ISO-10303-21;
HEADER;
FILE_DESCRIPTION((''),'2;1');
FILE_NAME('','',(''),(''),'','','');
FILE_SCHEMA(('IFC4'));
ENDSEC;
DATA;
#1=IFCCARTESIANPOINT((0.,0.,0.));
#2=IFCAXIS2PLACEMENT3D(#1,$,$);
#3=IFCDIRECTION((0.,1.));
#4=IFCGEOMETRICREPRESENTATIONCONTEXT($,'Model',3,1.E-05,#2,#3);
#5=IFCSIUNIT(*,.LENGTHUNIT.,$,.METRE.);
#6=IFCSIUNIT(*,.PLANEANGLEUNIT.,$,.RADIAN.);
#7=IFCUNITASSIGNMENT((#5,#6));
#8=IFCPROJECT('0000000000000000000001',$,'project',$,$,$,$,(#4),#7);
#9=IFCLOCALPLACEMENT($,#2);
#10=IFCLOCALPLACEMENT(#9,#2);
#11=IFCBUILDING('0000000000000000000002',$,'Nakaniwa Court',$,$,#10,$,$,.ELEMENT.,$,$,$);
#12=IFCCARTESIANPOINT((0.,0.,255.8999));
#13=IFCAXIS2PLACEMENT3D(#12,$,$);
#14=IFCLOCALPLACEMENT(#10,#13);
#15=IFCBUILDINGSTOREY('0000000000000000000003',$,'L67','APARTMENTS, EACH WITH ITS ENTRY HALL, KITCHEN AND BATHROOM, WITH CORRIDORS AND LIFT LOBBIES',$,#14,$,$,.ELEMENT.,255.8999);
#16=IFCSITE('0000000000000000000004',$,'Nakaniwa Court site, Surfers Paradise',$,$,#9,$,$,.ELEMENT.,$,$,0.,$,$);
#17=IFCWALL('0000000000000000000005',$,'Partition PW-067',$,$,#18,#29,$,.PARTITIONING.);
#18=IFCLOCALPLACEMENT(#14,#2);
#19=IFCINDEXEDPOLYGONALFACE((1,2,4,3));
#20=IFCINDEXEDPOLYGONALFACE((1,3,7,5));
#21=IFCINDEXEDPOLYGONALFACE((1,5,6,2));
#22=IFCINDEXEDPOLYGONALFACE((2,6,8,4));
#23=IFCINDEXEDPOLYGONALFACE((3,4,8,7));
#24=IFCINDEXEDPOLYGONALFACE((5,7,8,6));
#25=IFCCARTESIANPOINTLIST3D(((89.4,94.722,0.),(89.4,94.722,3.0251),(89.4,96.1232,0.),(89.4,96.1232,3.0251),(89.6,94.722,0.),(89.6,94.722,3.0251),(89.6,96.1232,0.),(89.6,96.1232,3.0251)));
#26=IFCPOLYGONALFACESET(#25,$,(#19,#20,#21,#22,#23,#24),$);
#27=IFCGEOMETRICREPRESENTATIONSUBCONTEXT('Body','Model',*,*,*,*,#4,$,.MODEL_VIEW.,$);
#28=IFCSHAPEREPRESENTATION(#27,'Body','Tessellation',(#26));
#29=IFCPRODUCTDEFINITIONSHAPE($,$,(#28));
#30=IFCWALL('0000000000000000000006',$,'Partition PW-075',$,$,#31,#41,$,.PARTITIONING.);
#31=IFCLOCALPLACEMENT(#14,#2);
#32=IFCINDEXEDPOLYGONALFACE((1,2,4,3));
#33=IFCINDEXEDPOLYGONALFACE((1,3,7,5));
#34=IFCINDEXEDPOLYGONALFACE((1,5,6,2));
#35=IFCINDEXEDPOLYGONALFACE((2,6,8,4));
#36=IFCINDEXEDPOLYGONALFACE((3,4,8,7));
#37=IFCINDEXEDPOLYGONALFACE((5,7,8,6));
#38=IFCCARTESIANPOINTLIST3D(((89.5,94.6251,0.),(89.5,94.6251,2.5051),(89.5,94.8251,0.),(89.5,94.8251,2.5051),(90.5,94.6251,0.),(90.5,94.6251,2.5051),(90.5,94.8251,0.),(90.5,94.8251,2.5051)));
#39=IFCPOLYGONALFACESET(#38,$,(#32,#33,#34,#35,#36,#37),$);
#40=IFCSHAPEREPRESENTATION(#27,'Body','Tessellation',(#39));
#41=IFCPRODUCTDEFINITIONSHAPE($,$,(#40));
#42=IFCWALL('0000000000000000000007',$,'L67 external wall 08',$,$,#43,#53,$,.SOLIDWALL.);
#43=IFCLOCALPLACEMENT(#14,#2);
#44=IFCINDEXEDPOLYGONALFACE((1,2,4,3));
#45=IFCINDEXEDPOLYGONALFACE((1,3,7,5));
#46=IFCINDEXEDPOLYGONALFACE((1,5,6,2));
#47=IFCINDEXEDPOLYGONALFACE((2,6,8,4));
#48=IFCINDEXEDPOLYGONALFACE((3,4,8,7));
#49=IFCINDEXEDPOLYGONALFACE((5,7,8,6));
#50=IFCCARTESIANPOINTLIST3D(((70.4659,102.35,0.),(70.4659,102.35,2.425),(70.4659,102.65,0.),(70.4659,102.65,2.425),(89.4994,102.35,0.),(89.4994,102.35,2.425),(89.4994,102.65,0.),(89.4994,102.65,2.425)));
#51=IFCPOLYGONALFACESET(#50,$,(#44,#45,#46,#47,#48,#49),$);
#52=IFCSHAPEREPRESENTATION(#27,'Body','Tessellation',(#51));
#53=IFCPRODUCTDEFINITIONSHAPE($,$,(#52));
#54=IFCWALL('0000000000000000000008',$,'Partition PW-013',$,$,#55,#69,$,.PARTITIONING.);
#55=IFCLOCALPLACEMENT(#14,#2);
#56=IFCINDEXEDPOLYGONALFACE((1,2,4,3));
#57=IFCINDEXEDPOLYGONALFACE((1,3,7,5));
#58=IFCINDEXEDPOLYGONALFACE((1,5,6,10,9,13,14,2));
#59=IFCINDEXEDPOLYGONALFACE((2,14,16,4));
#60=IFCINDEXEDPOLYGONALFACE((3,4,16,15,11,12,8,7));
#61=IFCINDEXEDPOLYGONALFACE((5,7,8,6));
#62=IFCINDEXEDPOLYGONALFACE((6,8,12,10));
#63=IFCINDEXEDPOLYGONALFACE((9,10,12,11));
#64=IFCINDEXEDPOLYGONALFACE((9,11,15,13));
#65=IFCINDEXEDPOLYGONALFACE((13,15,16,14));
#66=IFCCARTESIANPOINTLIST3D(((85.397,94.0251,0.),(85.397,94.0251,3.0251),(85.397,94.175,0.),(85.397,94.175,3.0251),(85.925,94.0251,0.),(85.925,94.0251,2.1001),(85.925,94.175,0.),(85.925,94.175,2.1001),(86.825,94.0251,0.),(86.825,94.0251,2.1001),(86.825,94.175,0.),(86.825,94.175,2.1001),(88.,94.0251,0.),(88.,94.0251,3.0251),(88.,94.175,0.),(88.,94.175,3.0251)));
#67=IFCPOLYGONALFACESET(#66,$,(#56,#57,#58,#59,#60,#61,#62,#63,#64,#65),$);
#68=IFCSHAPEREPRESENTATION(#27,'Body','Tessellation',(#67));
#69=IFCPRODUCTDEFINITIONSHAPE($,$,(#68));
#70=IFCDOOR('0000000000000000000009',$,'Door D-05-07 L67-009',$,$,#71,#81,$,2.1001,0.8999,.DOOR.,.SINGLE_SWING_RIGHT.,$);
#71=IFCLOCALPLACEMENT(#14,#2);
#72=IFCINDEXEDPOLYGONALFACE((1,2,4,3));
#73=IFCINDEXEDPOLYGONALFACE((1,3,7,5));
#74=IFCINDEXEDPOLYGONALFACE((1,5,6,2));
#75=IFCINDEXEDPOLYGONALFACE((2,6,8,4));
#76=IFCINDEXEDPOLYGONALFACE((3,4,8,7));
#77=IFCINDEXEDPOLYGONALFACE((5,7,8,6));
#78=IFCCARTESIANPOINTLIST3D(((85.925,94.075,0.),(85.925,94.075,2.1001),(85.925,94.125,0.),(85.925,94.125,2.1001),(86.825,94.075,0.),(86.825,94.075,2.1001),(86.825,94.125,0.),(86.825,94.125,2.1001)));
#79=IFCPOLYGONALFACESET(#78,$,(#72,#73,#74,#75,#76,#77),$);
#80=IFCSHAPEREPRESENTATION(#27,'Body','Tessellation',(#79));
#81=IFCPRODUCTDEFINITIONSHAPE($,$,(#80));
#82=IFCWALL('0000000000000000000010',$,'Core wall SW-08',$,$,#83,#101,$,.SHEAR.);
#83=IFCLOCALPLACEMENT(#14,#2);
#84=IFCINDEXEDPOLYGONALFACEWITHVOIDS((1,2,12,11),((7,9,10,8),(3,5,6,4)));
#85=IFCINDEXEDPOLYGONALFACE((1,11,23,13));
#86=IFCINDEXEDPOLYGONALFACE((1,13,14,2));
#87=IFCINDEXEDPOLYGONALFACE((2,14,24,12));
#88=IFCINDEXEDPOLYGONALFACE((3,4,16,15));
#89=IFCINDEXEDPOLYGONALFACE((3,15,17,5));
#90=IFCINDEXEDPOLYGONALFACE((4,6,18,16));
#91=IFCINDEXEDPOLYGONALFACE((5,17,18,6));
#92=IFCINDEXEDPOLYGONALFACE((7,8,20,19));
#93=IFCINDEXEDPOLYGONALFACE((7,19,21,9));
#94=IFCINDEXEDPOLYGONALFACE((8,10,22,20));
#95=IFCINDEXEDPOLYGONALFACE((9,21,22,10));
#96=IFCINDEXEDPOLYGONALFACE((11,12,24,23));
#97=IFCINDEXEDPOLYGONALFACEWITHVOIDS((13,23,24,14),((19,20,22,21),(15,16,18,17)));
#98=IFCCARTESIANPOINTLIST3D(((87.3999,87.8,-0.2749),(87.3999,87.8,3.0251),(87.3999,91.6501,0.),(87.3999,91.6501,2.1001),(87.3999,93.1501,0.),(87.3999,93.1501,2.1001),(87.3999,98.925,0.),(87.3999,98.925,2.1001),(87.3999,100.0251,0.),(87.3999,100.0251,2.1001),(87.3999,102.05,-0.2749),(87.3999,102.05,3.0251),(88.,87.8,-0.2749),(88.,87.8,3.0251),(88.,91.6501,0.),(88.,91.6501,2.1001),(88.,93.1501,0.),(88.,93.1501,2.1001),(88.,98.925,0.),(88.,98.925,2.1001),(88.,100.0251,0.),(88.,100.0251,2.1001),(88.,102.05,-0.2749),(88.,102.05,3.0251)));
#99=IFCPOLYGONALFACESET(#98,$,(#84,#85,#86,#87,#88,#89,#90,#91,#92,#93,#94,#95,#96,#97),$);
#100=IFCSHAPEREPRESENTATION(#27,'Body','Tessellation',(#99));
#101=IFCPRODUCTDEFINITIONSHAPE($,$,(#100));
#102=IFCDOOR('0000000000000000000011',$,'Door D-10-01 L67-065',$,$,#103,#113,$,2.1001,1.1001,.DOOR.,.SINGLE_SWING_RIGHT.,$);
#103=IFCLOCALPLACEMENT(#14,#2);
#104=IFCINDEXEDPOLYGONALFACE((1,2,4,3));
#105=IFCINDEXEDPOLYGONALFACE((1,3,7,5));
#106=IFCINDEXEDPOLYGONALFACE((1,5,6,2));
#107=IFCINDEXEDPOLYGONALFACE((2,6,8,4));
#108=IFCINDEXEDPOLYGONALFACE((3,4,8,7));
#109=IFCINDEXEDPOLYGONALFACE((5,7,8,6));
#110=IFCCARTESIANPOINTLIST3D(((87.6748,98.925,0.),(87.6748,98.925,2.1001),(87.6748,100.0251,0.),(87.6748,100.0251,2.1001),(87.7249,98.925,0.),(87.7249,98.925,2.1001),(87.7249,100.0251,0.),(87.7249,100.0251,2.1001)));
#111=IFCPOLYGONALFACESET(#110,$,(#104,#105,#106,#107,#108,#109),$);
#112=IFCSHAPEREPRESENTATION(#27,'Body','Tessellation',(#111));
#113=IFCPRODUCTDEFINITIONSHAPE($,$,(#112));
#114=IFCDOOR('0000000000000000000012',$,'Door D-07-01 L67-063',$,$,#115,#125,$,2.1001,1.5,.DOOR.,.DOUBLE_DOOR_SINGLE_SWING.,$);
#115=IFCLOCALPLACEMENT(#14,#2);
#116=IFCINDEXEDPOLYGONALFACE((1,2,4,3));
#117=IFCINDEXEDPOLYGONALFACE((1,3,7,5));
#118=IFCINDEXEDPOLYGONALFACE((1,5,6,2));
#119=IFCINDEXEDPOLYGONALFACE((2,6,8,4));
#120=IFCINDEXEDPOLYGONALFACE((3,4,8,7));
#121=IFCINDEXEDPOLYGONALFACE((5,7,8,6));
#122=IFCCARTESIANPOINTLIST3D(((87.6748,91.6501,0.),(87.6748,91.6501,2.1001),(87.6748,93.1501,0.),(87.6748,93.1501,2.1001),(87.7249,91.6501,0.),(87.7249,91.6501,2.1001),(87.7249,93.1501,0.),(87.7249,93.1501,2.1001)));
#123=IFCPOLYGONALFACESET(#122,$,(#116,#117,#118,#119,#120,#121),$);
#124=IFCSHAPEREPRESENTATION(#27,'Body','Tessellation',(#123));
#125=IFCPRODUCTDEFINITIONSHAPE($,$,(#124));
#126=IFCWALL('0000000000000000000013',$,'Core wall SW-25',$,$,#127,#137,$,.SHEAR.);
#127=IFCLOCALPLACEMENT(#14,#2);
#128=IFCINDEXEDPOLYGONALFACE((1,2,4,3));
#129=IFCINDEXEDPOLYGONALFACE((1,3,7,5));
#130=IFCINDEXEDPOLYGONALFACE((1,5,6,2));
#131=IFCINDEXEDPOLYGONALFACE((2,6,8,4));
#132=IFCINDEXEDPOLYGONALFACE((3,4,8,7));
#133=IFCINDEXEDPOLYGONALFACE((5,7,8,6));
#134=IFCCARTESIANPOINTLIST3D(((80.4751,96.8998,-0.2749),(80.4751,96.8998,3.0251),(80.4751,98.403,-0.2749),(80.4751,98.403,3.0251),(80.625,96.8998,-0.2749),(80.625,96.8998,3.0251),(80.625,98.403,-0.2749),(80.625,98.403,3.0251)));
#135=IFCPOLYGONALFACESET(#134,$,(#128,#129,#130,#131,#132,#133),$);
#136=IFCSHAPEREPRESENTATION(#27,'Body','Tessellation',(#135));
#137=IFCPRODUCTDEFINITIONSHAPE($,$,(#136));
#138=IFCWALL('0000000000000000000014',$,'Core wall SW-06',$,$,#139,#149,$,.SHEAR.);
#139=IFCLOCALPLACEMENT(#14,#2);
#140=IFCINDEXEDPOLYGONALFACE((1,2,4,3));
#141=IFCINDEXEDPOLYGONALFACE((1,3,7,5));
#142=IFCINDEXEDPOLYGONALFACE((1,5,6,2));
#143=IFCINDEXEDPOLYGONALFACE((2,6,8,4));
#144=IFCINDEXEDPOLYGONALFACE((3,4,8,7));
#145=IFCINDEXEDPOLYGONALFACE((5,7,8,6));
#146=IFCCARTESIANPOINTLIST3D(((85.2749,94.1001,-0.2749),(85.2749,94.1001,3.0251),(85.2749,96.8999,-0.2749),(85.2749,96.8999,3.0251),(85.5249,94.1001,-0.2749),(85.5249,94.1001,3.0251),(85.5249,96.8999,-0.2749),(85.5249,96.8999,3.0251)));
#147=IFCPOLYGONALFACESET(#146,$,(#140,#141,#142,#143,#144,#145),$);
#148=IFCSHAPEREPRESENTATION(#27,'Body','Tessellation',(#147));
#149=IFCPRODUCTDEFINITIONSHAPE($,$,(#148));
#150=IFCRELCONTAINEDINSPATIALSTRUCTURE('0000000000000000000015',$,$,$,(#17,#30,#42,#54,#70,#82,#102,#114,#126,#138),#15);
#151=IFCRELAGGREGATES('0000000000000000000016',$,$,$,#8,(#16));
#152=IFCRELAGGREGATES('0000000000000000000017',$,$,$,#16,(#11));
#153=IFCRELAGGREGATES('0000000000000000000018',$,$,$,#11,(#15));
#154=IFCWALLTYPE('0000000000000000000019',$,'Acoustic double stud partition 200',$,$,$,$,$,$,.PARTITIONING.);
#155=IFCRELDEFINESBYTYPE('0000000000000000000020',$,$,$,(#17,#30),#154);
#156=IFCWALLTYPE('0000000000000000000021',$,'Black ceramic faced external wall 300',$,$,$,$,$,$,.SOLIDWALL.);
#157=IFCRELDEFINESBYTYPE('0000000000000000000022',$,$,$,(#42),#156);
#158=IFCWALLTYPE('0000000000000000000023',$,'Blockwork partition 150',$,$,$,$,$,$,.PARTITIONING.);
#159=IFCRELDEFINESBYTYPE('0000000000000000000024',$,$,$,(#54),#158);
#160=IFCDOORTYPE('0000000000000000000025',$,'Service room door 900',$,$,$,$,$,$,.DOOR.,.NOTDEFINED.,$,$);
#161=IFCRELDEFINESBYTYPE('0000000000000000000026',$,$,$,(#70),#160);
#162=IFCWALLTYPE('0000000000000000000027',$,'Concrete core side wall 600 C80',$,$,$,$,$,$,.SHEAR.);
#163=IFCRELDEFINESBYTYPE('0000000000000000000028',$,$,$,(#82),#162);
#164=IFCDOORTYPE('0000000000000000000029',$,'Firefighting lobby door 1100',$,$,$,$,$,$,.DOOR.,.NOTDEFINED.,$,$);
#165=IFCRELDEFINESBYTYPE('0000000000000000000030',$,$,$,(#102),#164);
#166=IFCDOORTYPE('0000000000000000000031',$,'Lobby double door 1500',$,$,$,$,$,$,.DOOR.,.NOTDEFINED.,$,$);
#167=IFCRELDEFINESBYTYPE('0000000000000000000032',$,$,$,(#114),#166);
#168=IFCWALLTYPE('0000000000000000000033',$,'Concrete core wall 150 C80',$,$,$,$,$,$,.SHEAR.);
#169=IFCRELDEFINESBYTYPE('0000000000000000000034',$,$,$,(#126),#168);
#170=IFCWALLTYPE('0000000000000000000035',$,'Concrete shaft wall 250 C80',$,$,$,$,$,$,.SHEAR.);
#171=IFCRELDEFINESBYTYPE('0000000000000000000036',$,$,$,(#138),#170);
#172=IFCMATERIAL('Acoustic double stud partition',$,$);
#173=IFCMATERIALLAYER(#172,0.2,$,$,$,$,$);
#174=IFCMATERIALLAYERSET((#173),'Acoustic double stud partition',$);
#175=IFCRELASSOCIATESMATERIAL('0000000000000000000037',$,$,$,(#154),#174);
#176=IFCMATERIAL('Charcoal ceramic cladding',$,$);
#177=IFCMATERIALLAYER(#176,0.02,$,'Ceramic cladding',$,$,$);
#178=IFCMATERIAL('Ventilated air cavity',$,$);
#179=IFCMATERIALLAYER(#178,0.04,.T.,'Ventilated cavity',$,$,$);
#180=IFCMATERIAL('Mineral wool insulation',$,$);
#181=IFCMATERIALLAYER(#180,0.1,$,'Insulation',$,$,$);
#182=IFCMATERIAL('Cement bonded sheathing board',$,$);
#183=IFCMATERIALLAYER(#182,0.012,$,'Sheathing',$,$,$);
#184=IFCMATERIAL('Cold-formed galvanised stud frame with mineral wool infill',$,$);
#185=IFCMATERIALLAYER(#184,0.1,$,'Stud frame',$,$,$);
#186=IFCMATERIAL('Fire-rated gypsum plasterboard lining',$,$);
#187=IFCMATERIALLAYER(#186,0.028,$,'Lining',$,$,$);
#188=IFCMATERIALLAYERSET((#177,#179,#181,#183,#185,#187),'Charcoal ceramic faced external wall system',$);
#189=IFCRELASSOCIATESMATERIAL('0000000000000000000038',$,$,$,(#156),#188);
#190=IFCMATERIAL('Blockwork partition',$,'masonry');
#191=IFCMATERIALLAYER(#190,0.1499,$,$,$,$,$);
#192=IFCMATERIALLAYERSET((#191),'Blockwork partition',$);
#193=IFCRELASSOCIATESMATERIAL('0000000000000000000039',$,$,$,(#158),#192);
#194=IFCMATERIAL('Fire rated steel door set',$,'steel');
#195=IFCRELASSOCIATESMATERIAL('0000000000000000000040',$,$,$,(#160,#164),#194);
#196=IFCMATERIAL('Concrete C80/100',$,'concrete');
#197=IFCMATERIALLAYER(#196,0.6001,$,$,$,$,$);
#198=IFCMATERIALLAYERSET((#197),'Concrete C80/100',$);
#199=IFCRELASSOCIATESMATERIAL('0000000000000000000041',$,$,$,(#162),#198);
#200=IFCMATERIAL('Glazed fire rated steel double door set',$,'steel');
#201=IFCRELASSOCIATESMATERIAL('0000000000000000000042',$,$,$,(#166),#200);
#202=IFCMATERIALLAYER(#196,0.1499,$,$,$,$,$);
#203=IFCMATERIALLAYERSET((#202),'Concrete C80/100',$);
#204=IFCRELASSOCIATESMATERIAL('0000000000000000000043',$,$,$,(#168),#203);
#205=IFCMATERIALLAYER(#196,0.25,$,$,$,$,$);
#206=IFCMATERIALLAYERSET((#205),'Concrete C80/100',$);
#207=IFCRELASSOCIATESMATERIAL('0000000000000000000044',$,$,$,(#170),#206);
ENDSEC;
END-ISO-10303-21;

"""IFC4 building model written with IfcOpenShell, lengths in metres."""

from ifc_helpers import new_model, si_unit, direction, frame, frame_2d, origin, place, context, subcontext, project, spatial, rectangle, extrude, material, layer, layer_set, type_object, element, fill, save


model = new_model("IFC4")

# Units and contexts
model_context = context("Model", 3, precision=1e-05, world=origin(), true_north=direction((0.0, 1.0)))
body_context = subcontext(model_context, "Body", "Model", "MODEL_VIEW")
ifc_project = project(units=[si_unit("LENGTHUNIT", "METRE"), si_unit("PLANEANGLEUNIT", "RADIAN")], contexts=[model_context])

# Site, building, storey
site_placement = place(None, origin())
site = spatial("IfcSite", under=ifc_project, at=site_placement, Name="Nakaniwa Court site, Surfers Paradise", CompositionType="ELEMENT", RefElevation=0.0)
building_placement = place(site_placement, origin())
building = spatial("IfcBuilding", under=site, at=building_placement, Name="Nakaniwa Court", CompositionType="ELEMENT")
storey_placement = place(building_placement, frame((0.0, 0.0, 255.8999)))
storey = spatial("IfcBuildingStorey", under=building, at=storey_placement, Name="L67", Description="APARTMENTS, EACH WITH ITS ENTRY HALL, KITCHEN AND BATHROOM, WITH CORRIDORS AND LIFT LOBBIES", CompositionType="ELEMENT", Elevation=255.8999)

# Walls
ifc_material_1 = material(Name="Acoustic double stud partition")
ifc_layer_1 = layer(ifc_material_1, 0.2)
ifc_layer_set_1 = layer_set([ifc_layer_1], Name="Acoustic double stud partition")
wall_type_1 = type_object("IfcWallType", Name="Acoustic double stud partition 200", PredefinedType="PARTITIONING", material=ifc_layer_set_1)
wall_1_placement = place(storey_placement, frame((89.5, 94.7219, 0.0), z_axis=(0.0, 0.0, 1.0), x_axis=(0.0, 1.0, 0.0)))
element("IfcWall", 1, at=wall_1_placement, inside=storey, type_object=wall_type_1, Name="Partition PW-067", PredefinedType="PARTITIONING", context=body_context, shape_type="SweptSolid", body=[
    extrude(rectangle(XDim=1.4011, YDim=0.2, at=frame_2d((0.7007, 0.0))), origin(), (0.0, 0.0, 1.0), 3.0251),
])
wall_2_placement = place(storey_placement, frame((89.5, 94.7251, 0.0), z_axis=(0.0, 0.0, 1.0), x_axis=(1.0, 0.0, 0.0)))
element("IfcWall", 2, at=wall_2_placement, inside=storey, type_object=wall_type_1, Name="Partition PW-075", PredefinedType="PARTITIONING", context=body_context, shape_type="SweptSolid", body=[
    extrude(rectangle(XDim=1.0, YDim=0.2, at=frame_2d((0.5, 0.0))), origin(), (0.0, 0.0, 1.0), 2.5051),
])
ifc_material_2 = material(Name="Charcoal ceramic cladding")
ifc_layer_2 = layer(ifc_material_2, 0.02, Name="Ceramic cladding")
ifc_material_3 = material(Name="Ventilated air cavity")
ifc_layer_3 = layer(ifc_material_3, 0.04, ventilated=True, Name="Ventilated cavity")
ifc_material_4 = material(Name="Mineral wool insulation")
ifc_layer_4 = layer(ifc_material_4, 0.1, Name="Insulation")
ifc_material_5 = material(Name="Cement bonded sheathing board")
ifc_layer_5 = layer(ifc_material_5, 0.012, Name="Sheathing")
ifc_material_6 = material(Name="Cold-formed galvanised stud frame with mineral wool infill")
ifc_layer_6 = layer(ifc_material_6, 0.1, Name="Stud frame")
ifc_material_7 = material(Name="Fire-rated gypsum plasterboard lining")
ifc_layer_7 = layer(ifc_material_7, 0.028, Name="Lining")
ifc_layer_set_2 = layer_set([ifc_layer_2, ifc_layer_3, ifc_layer_4, ifc_layer_5, ifc_layer_6, ifc_layer_7], Name="Charcoal ceramic faced external wall system")
wall_type_2 = type_object("IfcWallType", Name="Black ceramic faced external wall 300", PredefinedType="SOLIDWALL", material=ifc_layer_set_2)
wall_3_placement = place(storey_placement, frame((89.4993, 102.5, 0.0), z_axis=(0.0, 0.0, 1.0), x_axis=(-1.0, 0.0, 0.0)))
element("IfcWall", 3, at=wall_3_placement, inside=storey, type_object=wall_type_2, Name="L67 external wall 08", PredefinedType="SOLIDWALL", context=body_context, shape_type="SweptSolid", body=[
    extrude(rectangle(XDim=19.0334, YDim=0.3, at=frame_2d((9.5166, 0.0))), origin(), (0.0, 0.0, 1.0), 2.425),
])

# Wall, opening, door
ifc_material_8 = material(Name="Blockwork partition", Category="masonry")
ifc_layer_8 = layer(ifc_material_8, 0.1499)
ifc_layer_set_3 = layer_set([ifc_layer_8], Name="Blockwork partition")
wall_type_3 = type_object("IfcWallType", Name="Blockwork partition 150", PredefinedType="PARTITIONING", material=ifc_layer_set_3)
wall_4_placement = place(storey_placement, frame((85.397, 94.1001, 0.0), z_axis=(0.0, 0.0, 1.0), x_axis=(1.0, 0.0, 0.0)))
wall_4 = element("IfcWall", 4, at=wall_4_placement, inside=storey, type_object=wall_type_3, Name="Partition PW-013", PredefinedType="PARTITIONING", context=body_context, shape_type="SweptSolid", body=[
    extrude(rectangle(XDim=2.603, YDim=0.1499, at=frame_2d((1.3015, 0.0))), origin(), (0.0, 0.0, 1.0), 3.0251),
])
opening_1_placement = place(wall_4_placement, frame((0.5281, 0.0, 0.0)))
opening_1 = element("IfcOpeningElement", 5, at=opening_1_placement, cuts=wall_4, PredefinedType="OPENING", context=body_context, shape_type="SweptSolid", body=[
    extrude(rectangle(XDim=0.8999, YDim=2.1001, at=frame_2d((0.45, 1.05))), frame((0.0, 0.085, 0.0), z_axis=(0.0, -1.0, 0.0), x_axis=(1.0, 0.0, 0.0)), (0.0, 0.0, 1.0), 0.1699),
])
ifc_material_9 = material(Name="Fire rated steel door set", Category="steel")
door_type_1 = type_object("IfcDoorType", Name="Service room door 900", OperationType="NOTDEFINED", PredefinedType="DOOR", material=ifc_material_9)
door_1_placement = place(opening_1_placement, origin())
door_1 = element("IfcDoor", 6, at=door_1_placement, inside=storey, type_object=door_type_1, Name="Door D-05-07 L67-009", OperationType="SINGLE_SWING_RIGHT", OverallHeight=2.1001, OverallWidth=0.8999, PredefinedType="DOOR", context=body_context, shape_type="SweptSolid", body=[
    extrude(rectangle(XDim=0.8999, YDim=2.1001, at=frame_2d((0.45, 1.05))), frame((0.0, 0.0249, 0.0), z_axis=(0.0, -1.0, 0.0), x_axis=(1.0, 0.0, 0.0)), (0.0, 0.0, 1.0), 0.05),
])
fill(opening_1, door_1)

# Wall, openings, doors
ifc_material_10 = material(Name="Concrete C80/100", Category="concrete")
ifc_layer_9 = layer(ifc_material_10, 0.6001)
ifc_layer_set_4 = layer_set([ifc_layer_9], Name="Concrete C80/100")
wall_type_4 = type_object("IfcWallType", Name="Concrete core side wall 600 C80", PredefinedType="SHEAR", material=ifc_layer_set_4)
wall_5_placement = place(storey_placement, frame((87.7, 102.05, -0.2749), z_axis=(0.0, 0.0, 1.0), x_axis=(0.0, -1.0, 0.0)))
wall_5 = element("IfcWall", 7, at=wall_5_placement, inside=storey, type_object=wall_type_4, Name="Core wall SW-08", PredefinedType="SHEAR", context=body_context, shape_type="SweptSolid", body=[
    extrude(rectangle(XDim=14.25, YDim=0.6001, at=frame_2d((7.125, 0.0))), origin(), (0.0, 0.0, 1.0), 3.3),
])
opening_2_placement = place(wall_5_placement, frame((8.8999, 0.0, 0.2749)))
opening_2 = element("IfcOpeningElement", 8, at=opening_2_placement, cuts=wall_5, PredefinedType="OPENING", context=body_context, shape_type="SweptSolid", body=[
    extrude(rectangle(XDim=1.5, YDim=2.1001, at=frame_2d((0.75, 1.05))), frame((0.0, 0.3101, 0.0), z_axis=(0.0, -1.0, 0.0), x_axis=(1.0, 0.0, 0.0)), (0.0, 0.0, 1.0), 0.6201),
])
opening_3_placement = place(wall_5_placement, frame((2.0249, 0.0, 0.2749)))
opening_3 = element("IfcOpeningElement", 9, at=opening_3_placement, cuts=wall_5, PredefinedType="OPENING", context=body_context, shape_type="SweptSolid", body=[
    extrude(rectangle(XDim=1.1001, YDim=2.1001, at=frame_2d((0.55, 1.05))), frame((0.0, 0.3101, 0.0), z_axis=(0.0, -1.0, 0.0), x_axis=(1.0, 0.0, 0.0)), (0.0, 0.0, 1.0), 0.6201),
])
door_type_2 = type_object("IfcDoorType", Name="Firefighting lobby door 1100", OperationType="NOTDEFINED", PredefinedType="DOOR", material=ifc_material_9)
door_2_placement = place(opening_3_placement, origin())
door_2 = element("IfcDoor", 10, at=door_2_placement, inside=storey, type_object=door_type_2, Name="Door D-10-01 L67-065", OperationType="SINGLE_SWING_RIGHT", OverallHeight=2.1001, OverallWidth=1.1001, PredefinedType="DOOR", context=body_context, shape_type="SweptSolid", body=[
    extrude(rectangle(XDim=1.1001, YDim=2.1001, at=frame_2d((0.55, 1.05))), frame((0.0, 0.0249, 0.0), z_axis=(0.0, -1.0, 0.0), x_axis=(1.0, 0.0, 0.0)), (0.0, 0.0, 1.0), 0.05),
])
fill(opening_3, door_2)
ifc_material_11 = material(Name="Glazed fire rated steel double door set", Category="steel")
door_type_3 = type_object("IfcDoorType", Name="Lobby double door 1500", OperationType="NOTDEFINED", PredefinedType="DOOR", material=ifc_material_11)
door_3_placement = place(opening_2_placement, origin())
door_3 = element("IfcDoor", 11, at=door_3_placement, inside=storey, type_object=door_type_3, Name="Door D-07-01 L67-063", OperationType="DOUBLE_DOOR_SINGLE_SWING", OverallHeight=2.1001, OverallWidth=1.5, PredefinedType="DOOR", context=body_context, shape_type="SweptSolid", body=[
    extrude(rectangle(XDim=1.5, YDim=2.1001, at=frame_2d((0.75, 1.05))), frame((0.0, 0.0249, 0.0), z_axis=(0.0, -1.0, 0.0), x_axis=(1.0, 0.0, 0.0)), (0.0, 0.0, 1.0), 0.05),
])
fill(opening_2, door_3)

# Walls
ifc_layer_10 = layer(ifc_material_10, 0.1499)
ifc_layer_set_5 = layer_set([ifc_layer_10], Name="Concrete C80/100")
wall_type_5 = type_object("IfcWallType", Name="Concrete core wall 150 C80", PredefinedType="SHEAR", material=ifc_layer_set_5)
wall_6_placement = place(storey_placement, frame((80.55, 96.8999, -0.2749), z_axis=(0.0, 0.0, 1.0), x_axis=(0.0, 1.0, 0.0)))
element("IfcWall", 12, at=wall_6_placement, inside=storey, type_object=wall_type_5, Name="Core wall SW-25", PredefinedType="SHEAR", context=body_context, shape_type="SweptSolid", body=[
    extrude(rectangle(XDim=1.5032, YDim=0.1499, at=frame_2d((0.7515, 0.0))), origin(), (0.0, 0.0, 1.0), 3.3),
])
ifc_layer_11 = layer(ifc_material_10, 0.25)
ifc_layer_set_6 = layer_set([ifc_layer_11], Name="Concrete C80/100")
wall_type_6 = type_object("IfcWallType", Name="Concrete shaft wall 250 C80", PredefinedType="SHEAR", material=ifc_layer_set_6)
wall_7_placement = place(storey_placement, frame((85.3999, 94.1001, -0.2749), z_axis=(0.0, 0.0, 1.0), x_axis=(0.0, 1.0, 0.0)))
element("IfcWall", 13, at=wall_7_placement, inside=storey, type_object=wall_type_6, Name="Core wall SW-06", PredefinedType="SHEAR", context=body_context, shape_type="SweptSolid", body=[
    extrude(rectangle(XDim=2.7998, YDim=0.25, at=frame_2d((1.3999, 0.0))), origin(), (0.0, 0.0, 1.0), 3.3),
])

save(model, "model.ifc")
